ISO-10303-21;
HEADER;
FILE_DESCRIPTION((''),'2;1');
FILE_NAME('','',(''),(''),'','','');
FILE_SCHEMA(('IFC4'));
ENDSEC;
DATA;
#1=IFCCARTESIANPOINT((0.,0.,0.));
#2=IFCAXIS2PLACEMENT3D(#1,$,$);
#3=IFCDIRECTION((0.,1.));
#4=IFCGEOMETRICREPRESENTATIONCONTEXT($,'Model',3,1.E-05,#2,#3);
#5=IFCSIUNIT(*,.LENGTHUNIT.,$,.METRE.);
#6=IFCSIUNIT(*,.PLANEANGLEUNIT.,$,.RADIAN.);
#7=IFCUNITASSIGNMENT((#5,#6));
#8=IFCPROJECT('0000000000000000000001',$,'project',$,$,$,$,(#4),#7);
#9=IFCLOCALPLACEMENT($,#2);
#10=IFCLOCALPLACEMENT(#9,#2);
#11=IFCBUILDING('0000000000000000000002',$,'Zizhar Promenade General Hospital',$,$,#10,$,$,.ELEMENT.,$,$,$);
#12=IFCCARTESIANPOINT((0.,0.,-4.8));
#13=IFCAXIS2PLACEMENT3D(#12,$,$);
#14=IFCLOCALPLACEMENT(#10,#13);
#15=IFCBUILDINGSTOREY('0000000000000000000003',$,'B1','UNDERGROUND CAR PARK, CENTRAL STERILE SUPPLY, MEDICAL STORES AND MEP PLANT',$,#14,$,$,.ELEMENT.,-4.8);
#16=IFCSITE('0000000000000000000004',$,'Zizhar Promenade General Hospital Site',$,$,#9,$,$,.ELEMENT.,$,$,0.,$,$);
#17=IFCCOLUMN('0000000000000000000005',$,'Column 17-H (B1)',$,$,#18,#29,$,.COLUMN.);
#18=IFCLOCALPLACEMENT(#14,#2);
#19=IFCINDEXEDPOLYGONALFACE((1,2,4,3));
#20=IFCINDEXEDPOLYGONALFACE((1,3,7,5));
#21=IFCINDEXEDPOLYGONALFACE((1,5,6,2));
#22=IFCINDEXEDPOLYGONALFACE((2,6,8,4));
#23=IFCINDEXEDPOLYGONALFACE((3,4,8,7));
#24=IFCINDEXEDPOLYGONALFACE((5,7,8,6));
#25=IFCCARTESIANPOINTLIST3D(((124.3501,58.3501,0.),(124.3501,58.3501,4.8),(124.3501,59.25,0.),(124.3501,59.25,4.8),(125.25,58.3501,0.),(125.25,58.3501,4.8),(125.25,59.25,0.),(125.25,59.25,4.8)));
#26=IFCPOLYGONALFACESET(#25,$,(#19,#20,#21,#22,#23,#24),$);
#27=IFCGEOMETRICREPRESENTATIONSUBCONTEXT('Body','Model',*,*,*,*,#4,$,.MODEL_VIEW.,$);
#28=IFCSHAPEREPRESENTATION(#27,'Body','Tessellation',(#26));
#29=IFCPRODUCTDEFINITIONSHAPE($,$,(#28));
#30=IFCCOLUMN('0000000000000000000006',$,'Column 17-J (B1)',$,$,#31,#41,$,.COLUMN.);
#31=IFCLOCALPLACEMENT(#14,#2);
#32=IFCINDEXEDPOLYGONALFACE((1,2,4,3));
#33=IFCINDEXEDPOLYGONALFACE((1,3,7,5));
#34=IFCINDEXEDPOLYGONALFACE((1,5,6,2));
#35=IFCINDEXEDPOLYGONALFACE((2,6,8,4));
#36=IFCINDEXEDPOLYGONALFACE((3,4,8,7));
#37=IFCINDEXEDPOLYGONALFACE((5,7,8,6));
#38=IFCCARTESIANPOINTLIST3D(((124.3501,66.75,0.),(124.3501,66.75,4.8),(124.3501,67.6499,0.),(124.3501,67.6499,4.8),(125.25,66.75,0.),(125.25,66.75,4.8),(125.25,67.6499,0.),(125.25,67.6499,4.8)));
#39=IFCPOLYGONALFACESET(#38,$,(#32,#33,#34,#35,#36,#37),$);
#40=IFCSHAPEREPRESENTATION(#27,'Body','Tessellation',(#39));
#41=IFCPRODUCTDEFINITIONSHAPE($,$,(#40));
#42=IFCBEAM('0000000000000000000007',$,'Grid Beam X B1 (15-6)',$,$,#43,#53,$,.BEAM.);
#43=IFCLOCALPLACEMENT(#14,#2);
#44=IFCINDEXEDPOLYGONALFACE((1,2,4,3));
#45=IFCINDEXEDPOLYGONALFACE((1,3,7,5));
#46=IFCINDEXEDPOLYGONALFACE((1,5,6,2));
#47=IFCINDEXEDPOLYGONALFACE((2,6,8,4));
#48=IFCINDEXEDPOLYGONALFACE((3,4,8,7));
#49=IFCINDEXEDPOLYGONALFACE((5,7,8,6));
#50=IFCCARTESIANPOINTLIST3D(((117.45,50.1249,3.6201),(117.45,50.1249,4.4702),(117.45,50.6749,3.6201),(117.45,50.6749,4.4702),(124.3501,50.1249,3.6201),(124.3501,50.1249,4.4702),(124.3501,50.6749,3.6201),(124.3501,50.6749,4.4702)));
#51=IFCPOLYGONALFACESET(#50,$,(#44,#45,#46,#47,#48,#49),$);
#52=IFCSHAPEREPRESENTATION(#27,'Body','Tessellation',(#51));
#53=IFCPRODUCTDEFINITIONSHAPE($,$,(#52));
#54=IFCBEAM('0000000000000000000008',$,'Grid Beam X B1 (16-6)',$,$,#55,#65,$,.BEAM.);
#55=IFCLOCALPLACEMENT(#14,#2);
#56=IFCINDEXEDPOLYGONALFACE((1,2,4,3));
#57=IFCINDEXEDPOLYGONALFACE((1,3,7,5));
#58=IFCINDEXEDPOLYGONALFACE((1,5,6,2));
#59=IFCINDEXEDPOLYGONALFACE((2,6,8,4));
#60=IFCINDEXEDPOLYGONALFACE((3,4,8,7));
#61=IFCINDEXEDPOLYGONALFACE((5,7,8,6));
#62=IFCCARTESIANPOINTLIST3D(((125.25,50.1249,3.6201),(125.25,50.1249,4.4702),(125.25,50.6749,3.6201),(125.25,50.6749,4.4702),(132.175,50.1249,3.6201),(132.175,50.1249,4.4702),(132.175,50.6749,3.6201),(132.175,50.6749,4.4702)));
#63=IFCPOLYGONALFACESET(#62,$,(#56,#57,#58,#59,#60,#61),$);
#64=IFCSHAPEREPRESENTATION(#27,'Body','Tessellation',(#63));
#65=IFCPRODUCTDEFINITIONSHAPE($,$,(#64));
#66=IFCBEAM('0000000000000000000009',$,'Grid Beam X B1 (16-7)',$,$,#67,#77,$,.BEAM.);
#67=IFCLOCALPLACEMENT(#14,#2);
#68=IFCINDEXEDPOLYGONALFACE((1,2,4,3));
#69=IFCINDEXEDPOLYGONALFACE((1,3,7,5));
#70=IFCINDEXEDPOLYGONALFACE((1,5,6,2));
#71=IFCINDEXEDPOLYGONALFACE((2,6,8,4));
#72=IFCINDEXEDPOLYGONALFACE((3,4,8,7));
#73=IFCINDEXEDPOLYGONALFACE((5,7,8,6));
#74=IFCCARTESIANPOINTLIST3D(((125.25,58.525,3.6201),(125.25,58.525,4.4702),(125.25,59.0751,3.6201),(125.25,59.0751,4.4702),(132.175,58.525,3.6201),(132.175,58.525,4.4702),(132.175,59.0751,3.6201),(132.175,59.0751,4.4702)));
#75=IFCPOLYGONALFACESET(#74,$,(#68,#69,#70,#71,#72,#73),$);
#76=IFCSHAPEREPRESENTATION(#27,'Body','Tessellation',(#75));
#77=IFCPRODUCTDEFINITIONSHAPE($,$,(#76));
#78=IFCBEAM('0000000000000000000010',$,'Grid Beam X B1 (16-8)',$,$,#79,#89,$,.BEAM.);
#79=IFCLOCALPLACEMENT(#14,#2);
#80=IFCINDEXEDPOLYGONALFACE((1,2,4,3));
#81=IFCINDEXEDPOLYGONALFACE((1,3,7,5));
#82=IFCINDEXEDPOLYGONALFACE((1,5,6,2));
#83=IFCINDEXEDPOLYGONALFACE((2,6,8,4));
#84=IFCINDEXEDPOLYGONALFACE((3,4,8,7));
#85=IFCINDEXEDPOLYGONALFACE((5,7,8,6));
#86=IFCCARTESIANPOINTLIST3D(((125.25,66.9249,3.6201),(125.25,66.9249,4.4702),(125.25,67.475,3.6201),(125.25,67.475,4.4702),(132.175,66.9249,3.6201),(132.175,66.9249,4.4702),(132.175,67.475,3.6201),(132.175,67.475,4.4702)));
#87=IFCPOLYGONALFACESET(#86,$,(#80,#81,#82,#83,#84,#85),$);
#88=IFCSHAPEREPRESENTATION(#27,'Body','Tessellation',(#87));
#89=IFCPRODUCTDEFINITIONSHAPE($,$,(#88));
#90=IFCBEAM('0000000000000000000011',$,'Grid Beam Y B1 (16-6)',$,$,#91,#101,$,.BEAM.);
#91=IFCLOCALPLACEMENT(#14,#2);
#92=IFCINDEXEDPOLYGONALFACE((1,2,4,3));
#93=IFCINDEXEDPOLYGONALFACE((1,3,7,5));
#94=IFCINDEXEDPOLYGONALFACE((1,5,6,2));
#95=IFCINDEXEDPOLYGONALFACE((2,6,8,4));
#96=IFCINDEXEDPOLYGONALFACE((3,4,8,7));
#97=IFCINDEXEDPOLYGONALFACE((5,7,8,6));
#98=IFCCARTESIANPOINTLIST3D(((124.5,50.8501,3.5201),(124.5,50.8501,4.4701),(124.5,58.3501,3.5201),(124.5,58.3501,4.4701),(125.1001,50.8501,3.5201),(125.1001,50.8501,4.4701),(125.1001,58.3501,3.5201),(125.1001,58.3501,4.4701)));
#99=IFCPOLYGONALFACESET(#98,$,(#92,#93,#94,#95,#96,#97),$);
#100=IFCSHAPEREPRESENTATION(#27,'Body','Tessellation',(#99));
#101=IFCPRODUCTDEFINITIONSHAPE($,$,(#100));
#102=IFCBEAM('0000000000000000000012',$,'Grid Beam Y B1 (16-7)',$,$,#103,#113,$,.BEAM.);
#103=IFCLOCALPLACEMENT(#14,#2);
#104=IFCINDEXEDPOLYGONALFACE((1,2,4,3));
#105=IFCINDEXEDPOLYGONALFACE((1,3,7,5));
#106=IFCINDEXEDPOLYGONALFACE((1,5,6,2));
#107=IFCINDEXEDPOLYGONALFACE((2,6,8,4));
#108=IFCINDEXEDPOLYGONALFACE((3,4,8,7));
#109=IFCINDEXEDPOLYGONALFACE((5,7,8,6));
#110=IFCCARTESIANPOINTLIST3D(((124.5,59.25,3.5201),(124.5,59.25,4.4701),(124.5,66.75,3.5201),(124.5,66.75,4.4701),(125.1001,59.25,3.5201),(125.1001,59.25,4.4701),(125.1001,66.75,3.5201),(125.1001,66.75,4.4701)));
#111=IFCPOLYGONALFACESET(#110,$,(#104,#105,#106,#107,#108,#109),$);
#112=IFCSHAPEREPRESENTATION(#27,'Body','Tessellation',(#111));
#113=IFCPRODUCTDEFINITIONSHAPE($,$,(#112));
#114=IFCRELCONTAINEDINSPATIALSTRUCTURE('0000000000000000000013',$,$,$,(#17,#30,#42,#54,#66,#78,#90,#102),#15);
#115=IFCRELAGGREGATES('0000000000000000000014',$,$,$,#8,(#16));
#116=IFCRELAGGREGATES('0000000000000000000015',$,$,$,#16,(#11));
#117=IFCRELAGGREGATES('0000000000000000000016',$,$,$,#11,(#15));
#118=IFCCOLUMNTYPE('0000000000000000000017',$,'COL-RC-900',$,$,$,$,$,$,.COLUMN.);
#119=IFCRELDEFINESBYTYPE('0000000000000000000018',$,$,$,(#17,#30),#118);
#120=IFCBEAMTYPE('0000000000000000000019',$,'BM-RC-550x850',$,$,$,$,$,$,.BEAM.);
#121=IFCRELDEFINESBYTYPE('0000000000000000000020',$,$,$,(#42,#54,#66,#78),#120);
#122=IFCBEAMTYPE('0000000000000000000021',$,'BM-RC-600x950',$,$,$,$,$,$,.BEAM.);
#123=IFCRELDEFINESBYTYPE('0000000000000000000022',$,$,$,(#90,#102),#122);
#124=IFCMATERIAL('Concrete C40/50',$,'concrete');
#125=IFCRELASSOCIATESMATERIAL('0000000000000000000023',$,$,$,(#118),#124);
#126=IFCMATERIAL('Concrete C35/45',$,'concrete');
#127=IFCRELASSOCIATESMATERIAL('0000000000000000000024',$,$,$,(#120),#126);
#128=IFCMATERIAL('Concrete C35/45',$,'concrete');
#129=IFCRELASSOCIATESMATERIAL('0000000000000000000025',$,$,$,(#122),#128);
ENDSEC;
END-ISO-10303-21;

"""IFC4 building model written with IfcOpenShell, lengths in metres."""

from ifc_helpers import new_model, si_unit, direction, frame, origin, origin_2d, place, context, subcontext, project, spatial, rectangle, extrude, material, material_profile, profile_set, type_object, element, save


model = new_model("IFC4")

# Units and contexts
model_context = context("Model", 3, precision=1e-05, world=origin(), true_north=direction((0.0, 1.0)))
body_context = subcontext(model_context, "Body", "Model", "MODEL_VIEW")
ifc_project = project(units=[si_unit("LENGTHUNIT", "METRE"), si_unit("PLANEANGLEUNIT", "RADIAN")], contexts=[model_context])

# Site, building, storey
site_placement = place(None, origin())
site = spatial("IfcSite", under=ifc_project, at=site_placement, Name="Zizhar Promenade General Hospital Site", CompositionType="ELEMENT", RefElevation=0.0)
building_placement = place(site_placement, origin())
building = spatial("IfcBuilding", under=site, at=building_placement, Name="Zizhar Promenade General Hospital", CompositionType="ELEMENT")
storey_placement = place(building_placement, frame((0.0, 0.0, -4.8)))
storey = spatial("IfcBuildingStorey", under=building, at=storey_placement, Name="B1", Description="UNDERGROUND CAR PARK, CENTRAL STERILE SUPPLY, MEDICAL STORES AND MEP PLANT", CompositionType="ELEMENT", Elevation=-4.8)

# Columns
ifc_material_1 = material(Name="Concrete C40/50", Category="concrete")
ifc_material_profile_1 = material_profile(ifc_material_1, rectangle(XDim=0.8999, YDim=0.8999, at=origin_2d()))
ifc_profile_set_1 = profile_set([ifc_material_profile_1], Name="Concrete C40/50")
column_type = type_object("IfcColumnType", Name="COL-RC-900", PredefinedType="COLUMN", material=ifc_profile_set_1)
for number, where, z_axis, x_axis, name in (
    (1, (124.8, 58.8, 0.0), (0.0, 0.0, 1.0), (1.0, 0.0, 0.0), "Column 17-H (B1)"),
    (2, (124.8, 67.2, 0.0), (0.0, 0.0, 1.0), (1.0, 0.0, 0.0), "Column 17-J (B1)"),
):
    element("IfcColumn", number, at=place(storey_placement, frame(where, z_axis=z_axis, x_axis=x_axis)), inside=storey, type_object=column_type, Name=name, PredefinedType="COLUMN", context=body_context, shape_type="SweptSolid", body=[
        extrude(rectangle(XDim=0.8999, YDim=0.8999, at=origin_2d()), origin(), (0.0, 0.0, 1.0), 4.8),
    ])

# Beams
ifc_material_2 = material(Name="Concrete C35/45", Category="concrete")
ifc_material_profile_2 = material_profile(ifc_material_2, rectangle(XDim=0.55, YDim=0.8501, at=origin_2d()))
ifc_profile_set_2 = profile_set([ifc_material_profile_2], Name="Concrete C35/45")
beam_type_1 = type_object("IfcBeamType", Name="BM-RC-550x850", PredefinedType="BEAM", material=ifc_profile_set_2)
beam_placement = place(storey_placement, frame((117.45, 50.3999, 4.0452), z_axis=(1.0, 0.0, 0.0), x_axis=(0.0, 1.0, 0.0)))
element("IfcBeam", 3, at=beam_placement, inside=storey, type_object=beam_type_1, Name="Grid Beam X B1 (15-6)", PredefinedType="BEAM", context=body_context, shape_type="SweptSolid", body=[
    extrude(rectangle(XDim=0.55, YDim=0.8501, at=origin_2d()), origin(), (0.0, 0.0, 1.0), 6.9001),
])
for number, where, z_axis, x_axis, name in (
    (4, (125.25, 50.3999, 4.0452), (1.0, 0.0, 0.0), (0.0, 1.0, 0.0), "Grid Beam X B1 (16-6)"),
    (5, (125.25, 58.8, 4.0452), (1.0, 0.0, 0.0), (0.0, 1.0, 0.0), "Grid Beam X B1 (16-7)"),
    (6, (125.25, 67.2, 4.0452), (1.0, 0.0, 0.0), (0.0, 1.0, 0.0), "Grid Beam X B1 (16-8)"),
):
    element("IfcBeam", number, at=place(storey_placement, frame(where, z_axis=z_axis, x_axis=x_axis)), inside=storey, type_object=beam_type_1, Name=name, PredefinedType="BEAM", context=body_context, shape_type="SweptSolid", body=[
        extrude(rectangle(XDim=0.55, YDim=0.8501, at=origin_2d()), origin(), (0.0, 0.0, 1.0), 6.925),
    ])
ifc_material_3 = material(Name="Concrete C35/45", Category="concrete")
ifc_material_profile_3 = material_profile(ifc_material_3, rectangle(XDim=0.6001, YDim=0.95, at=origin_2d()))
ifc_profile_set_3 = profile_set([ifc_material_profile_3], Name="Concrete C35/45")
beam_type_2 = type_object("IfcBeamType", Name="BM-RC-600x950", PredefinedType="BEAM", material=ifc_profile_set_3)
for number, where, z_axis, x_axis, name in (
    (7, (124.8, 50.8501, 3.9951), (0.0, 1.0, 0.0), (-1.0, 0.0, 0.0), "Grid Beam Y B1 (16-6)"),
    (8, (124.8, 59.25, 3.9951), (0.0, 1.0, 0.0), (-1.0, 0.0, 0.0), "Grid Beam Y B1 (16-7)"),
):
    element("IfcBeam", number, at=place(storey_placement, frame(where, z_axis=z_axis, x_axis=x_axis)), inside=storey, type_object=beam_type_2, Name=name, PredefinedType="BEAM", context=body_context, shape_type="SweptSolid", body=[
        extrude(rectangle(XDim=0.6001, YDim=0.95, at=origin_2d()), origin(), (0.0, 0.0, 1.0), 7.5),
    ])

save(model, "model.ifc")
